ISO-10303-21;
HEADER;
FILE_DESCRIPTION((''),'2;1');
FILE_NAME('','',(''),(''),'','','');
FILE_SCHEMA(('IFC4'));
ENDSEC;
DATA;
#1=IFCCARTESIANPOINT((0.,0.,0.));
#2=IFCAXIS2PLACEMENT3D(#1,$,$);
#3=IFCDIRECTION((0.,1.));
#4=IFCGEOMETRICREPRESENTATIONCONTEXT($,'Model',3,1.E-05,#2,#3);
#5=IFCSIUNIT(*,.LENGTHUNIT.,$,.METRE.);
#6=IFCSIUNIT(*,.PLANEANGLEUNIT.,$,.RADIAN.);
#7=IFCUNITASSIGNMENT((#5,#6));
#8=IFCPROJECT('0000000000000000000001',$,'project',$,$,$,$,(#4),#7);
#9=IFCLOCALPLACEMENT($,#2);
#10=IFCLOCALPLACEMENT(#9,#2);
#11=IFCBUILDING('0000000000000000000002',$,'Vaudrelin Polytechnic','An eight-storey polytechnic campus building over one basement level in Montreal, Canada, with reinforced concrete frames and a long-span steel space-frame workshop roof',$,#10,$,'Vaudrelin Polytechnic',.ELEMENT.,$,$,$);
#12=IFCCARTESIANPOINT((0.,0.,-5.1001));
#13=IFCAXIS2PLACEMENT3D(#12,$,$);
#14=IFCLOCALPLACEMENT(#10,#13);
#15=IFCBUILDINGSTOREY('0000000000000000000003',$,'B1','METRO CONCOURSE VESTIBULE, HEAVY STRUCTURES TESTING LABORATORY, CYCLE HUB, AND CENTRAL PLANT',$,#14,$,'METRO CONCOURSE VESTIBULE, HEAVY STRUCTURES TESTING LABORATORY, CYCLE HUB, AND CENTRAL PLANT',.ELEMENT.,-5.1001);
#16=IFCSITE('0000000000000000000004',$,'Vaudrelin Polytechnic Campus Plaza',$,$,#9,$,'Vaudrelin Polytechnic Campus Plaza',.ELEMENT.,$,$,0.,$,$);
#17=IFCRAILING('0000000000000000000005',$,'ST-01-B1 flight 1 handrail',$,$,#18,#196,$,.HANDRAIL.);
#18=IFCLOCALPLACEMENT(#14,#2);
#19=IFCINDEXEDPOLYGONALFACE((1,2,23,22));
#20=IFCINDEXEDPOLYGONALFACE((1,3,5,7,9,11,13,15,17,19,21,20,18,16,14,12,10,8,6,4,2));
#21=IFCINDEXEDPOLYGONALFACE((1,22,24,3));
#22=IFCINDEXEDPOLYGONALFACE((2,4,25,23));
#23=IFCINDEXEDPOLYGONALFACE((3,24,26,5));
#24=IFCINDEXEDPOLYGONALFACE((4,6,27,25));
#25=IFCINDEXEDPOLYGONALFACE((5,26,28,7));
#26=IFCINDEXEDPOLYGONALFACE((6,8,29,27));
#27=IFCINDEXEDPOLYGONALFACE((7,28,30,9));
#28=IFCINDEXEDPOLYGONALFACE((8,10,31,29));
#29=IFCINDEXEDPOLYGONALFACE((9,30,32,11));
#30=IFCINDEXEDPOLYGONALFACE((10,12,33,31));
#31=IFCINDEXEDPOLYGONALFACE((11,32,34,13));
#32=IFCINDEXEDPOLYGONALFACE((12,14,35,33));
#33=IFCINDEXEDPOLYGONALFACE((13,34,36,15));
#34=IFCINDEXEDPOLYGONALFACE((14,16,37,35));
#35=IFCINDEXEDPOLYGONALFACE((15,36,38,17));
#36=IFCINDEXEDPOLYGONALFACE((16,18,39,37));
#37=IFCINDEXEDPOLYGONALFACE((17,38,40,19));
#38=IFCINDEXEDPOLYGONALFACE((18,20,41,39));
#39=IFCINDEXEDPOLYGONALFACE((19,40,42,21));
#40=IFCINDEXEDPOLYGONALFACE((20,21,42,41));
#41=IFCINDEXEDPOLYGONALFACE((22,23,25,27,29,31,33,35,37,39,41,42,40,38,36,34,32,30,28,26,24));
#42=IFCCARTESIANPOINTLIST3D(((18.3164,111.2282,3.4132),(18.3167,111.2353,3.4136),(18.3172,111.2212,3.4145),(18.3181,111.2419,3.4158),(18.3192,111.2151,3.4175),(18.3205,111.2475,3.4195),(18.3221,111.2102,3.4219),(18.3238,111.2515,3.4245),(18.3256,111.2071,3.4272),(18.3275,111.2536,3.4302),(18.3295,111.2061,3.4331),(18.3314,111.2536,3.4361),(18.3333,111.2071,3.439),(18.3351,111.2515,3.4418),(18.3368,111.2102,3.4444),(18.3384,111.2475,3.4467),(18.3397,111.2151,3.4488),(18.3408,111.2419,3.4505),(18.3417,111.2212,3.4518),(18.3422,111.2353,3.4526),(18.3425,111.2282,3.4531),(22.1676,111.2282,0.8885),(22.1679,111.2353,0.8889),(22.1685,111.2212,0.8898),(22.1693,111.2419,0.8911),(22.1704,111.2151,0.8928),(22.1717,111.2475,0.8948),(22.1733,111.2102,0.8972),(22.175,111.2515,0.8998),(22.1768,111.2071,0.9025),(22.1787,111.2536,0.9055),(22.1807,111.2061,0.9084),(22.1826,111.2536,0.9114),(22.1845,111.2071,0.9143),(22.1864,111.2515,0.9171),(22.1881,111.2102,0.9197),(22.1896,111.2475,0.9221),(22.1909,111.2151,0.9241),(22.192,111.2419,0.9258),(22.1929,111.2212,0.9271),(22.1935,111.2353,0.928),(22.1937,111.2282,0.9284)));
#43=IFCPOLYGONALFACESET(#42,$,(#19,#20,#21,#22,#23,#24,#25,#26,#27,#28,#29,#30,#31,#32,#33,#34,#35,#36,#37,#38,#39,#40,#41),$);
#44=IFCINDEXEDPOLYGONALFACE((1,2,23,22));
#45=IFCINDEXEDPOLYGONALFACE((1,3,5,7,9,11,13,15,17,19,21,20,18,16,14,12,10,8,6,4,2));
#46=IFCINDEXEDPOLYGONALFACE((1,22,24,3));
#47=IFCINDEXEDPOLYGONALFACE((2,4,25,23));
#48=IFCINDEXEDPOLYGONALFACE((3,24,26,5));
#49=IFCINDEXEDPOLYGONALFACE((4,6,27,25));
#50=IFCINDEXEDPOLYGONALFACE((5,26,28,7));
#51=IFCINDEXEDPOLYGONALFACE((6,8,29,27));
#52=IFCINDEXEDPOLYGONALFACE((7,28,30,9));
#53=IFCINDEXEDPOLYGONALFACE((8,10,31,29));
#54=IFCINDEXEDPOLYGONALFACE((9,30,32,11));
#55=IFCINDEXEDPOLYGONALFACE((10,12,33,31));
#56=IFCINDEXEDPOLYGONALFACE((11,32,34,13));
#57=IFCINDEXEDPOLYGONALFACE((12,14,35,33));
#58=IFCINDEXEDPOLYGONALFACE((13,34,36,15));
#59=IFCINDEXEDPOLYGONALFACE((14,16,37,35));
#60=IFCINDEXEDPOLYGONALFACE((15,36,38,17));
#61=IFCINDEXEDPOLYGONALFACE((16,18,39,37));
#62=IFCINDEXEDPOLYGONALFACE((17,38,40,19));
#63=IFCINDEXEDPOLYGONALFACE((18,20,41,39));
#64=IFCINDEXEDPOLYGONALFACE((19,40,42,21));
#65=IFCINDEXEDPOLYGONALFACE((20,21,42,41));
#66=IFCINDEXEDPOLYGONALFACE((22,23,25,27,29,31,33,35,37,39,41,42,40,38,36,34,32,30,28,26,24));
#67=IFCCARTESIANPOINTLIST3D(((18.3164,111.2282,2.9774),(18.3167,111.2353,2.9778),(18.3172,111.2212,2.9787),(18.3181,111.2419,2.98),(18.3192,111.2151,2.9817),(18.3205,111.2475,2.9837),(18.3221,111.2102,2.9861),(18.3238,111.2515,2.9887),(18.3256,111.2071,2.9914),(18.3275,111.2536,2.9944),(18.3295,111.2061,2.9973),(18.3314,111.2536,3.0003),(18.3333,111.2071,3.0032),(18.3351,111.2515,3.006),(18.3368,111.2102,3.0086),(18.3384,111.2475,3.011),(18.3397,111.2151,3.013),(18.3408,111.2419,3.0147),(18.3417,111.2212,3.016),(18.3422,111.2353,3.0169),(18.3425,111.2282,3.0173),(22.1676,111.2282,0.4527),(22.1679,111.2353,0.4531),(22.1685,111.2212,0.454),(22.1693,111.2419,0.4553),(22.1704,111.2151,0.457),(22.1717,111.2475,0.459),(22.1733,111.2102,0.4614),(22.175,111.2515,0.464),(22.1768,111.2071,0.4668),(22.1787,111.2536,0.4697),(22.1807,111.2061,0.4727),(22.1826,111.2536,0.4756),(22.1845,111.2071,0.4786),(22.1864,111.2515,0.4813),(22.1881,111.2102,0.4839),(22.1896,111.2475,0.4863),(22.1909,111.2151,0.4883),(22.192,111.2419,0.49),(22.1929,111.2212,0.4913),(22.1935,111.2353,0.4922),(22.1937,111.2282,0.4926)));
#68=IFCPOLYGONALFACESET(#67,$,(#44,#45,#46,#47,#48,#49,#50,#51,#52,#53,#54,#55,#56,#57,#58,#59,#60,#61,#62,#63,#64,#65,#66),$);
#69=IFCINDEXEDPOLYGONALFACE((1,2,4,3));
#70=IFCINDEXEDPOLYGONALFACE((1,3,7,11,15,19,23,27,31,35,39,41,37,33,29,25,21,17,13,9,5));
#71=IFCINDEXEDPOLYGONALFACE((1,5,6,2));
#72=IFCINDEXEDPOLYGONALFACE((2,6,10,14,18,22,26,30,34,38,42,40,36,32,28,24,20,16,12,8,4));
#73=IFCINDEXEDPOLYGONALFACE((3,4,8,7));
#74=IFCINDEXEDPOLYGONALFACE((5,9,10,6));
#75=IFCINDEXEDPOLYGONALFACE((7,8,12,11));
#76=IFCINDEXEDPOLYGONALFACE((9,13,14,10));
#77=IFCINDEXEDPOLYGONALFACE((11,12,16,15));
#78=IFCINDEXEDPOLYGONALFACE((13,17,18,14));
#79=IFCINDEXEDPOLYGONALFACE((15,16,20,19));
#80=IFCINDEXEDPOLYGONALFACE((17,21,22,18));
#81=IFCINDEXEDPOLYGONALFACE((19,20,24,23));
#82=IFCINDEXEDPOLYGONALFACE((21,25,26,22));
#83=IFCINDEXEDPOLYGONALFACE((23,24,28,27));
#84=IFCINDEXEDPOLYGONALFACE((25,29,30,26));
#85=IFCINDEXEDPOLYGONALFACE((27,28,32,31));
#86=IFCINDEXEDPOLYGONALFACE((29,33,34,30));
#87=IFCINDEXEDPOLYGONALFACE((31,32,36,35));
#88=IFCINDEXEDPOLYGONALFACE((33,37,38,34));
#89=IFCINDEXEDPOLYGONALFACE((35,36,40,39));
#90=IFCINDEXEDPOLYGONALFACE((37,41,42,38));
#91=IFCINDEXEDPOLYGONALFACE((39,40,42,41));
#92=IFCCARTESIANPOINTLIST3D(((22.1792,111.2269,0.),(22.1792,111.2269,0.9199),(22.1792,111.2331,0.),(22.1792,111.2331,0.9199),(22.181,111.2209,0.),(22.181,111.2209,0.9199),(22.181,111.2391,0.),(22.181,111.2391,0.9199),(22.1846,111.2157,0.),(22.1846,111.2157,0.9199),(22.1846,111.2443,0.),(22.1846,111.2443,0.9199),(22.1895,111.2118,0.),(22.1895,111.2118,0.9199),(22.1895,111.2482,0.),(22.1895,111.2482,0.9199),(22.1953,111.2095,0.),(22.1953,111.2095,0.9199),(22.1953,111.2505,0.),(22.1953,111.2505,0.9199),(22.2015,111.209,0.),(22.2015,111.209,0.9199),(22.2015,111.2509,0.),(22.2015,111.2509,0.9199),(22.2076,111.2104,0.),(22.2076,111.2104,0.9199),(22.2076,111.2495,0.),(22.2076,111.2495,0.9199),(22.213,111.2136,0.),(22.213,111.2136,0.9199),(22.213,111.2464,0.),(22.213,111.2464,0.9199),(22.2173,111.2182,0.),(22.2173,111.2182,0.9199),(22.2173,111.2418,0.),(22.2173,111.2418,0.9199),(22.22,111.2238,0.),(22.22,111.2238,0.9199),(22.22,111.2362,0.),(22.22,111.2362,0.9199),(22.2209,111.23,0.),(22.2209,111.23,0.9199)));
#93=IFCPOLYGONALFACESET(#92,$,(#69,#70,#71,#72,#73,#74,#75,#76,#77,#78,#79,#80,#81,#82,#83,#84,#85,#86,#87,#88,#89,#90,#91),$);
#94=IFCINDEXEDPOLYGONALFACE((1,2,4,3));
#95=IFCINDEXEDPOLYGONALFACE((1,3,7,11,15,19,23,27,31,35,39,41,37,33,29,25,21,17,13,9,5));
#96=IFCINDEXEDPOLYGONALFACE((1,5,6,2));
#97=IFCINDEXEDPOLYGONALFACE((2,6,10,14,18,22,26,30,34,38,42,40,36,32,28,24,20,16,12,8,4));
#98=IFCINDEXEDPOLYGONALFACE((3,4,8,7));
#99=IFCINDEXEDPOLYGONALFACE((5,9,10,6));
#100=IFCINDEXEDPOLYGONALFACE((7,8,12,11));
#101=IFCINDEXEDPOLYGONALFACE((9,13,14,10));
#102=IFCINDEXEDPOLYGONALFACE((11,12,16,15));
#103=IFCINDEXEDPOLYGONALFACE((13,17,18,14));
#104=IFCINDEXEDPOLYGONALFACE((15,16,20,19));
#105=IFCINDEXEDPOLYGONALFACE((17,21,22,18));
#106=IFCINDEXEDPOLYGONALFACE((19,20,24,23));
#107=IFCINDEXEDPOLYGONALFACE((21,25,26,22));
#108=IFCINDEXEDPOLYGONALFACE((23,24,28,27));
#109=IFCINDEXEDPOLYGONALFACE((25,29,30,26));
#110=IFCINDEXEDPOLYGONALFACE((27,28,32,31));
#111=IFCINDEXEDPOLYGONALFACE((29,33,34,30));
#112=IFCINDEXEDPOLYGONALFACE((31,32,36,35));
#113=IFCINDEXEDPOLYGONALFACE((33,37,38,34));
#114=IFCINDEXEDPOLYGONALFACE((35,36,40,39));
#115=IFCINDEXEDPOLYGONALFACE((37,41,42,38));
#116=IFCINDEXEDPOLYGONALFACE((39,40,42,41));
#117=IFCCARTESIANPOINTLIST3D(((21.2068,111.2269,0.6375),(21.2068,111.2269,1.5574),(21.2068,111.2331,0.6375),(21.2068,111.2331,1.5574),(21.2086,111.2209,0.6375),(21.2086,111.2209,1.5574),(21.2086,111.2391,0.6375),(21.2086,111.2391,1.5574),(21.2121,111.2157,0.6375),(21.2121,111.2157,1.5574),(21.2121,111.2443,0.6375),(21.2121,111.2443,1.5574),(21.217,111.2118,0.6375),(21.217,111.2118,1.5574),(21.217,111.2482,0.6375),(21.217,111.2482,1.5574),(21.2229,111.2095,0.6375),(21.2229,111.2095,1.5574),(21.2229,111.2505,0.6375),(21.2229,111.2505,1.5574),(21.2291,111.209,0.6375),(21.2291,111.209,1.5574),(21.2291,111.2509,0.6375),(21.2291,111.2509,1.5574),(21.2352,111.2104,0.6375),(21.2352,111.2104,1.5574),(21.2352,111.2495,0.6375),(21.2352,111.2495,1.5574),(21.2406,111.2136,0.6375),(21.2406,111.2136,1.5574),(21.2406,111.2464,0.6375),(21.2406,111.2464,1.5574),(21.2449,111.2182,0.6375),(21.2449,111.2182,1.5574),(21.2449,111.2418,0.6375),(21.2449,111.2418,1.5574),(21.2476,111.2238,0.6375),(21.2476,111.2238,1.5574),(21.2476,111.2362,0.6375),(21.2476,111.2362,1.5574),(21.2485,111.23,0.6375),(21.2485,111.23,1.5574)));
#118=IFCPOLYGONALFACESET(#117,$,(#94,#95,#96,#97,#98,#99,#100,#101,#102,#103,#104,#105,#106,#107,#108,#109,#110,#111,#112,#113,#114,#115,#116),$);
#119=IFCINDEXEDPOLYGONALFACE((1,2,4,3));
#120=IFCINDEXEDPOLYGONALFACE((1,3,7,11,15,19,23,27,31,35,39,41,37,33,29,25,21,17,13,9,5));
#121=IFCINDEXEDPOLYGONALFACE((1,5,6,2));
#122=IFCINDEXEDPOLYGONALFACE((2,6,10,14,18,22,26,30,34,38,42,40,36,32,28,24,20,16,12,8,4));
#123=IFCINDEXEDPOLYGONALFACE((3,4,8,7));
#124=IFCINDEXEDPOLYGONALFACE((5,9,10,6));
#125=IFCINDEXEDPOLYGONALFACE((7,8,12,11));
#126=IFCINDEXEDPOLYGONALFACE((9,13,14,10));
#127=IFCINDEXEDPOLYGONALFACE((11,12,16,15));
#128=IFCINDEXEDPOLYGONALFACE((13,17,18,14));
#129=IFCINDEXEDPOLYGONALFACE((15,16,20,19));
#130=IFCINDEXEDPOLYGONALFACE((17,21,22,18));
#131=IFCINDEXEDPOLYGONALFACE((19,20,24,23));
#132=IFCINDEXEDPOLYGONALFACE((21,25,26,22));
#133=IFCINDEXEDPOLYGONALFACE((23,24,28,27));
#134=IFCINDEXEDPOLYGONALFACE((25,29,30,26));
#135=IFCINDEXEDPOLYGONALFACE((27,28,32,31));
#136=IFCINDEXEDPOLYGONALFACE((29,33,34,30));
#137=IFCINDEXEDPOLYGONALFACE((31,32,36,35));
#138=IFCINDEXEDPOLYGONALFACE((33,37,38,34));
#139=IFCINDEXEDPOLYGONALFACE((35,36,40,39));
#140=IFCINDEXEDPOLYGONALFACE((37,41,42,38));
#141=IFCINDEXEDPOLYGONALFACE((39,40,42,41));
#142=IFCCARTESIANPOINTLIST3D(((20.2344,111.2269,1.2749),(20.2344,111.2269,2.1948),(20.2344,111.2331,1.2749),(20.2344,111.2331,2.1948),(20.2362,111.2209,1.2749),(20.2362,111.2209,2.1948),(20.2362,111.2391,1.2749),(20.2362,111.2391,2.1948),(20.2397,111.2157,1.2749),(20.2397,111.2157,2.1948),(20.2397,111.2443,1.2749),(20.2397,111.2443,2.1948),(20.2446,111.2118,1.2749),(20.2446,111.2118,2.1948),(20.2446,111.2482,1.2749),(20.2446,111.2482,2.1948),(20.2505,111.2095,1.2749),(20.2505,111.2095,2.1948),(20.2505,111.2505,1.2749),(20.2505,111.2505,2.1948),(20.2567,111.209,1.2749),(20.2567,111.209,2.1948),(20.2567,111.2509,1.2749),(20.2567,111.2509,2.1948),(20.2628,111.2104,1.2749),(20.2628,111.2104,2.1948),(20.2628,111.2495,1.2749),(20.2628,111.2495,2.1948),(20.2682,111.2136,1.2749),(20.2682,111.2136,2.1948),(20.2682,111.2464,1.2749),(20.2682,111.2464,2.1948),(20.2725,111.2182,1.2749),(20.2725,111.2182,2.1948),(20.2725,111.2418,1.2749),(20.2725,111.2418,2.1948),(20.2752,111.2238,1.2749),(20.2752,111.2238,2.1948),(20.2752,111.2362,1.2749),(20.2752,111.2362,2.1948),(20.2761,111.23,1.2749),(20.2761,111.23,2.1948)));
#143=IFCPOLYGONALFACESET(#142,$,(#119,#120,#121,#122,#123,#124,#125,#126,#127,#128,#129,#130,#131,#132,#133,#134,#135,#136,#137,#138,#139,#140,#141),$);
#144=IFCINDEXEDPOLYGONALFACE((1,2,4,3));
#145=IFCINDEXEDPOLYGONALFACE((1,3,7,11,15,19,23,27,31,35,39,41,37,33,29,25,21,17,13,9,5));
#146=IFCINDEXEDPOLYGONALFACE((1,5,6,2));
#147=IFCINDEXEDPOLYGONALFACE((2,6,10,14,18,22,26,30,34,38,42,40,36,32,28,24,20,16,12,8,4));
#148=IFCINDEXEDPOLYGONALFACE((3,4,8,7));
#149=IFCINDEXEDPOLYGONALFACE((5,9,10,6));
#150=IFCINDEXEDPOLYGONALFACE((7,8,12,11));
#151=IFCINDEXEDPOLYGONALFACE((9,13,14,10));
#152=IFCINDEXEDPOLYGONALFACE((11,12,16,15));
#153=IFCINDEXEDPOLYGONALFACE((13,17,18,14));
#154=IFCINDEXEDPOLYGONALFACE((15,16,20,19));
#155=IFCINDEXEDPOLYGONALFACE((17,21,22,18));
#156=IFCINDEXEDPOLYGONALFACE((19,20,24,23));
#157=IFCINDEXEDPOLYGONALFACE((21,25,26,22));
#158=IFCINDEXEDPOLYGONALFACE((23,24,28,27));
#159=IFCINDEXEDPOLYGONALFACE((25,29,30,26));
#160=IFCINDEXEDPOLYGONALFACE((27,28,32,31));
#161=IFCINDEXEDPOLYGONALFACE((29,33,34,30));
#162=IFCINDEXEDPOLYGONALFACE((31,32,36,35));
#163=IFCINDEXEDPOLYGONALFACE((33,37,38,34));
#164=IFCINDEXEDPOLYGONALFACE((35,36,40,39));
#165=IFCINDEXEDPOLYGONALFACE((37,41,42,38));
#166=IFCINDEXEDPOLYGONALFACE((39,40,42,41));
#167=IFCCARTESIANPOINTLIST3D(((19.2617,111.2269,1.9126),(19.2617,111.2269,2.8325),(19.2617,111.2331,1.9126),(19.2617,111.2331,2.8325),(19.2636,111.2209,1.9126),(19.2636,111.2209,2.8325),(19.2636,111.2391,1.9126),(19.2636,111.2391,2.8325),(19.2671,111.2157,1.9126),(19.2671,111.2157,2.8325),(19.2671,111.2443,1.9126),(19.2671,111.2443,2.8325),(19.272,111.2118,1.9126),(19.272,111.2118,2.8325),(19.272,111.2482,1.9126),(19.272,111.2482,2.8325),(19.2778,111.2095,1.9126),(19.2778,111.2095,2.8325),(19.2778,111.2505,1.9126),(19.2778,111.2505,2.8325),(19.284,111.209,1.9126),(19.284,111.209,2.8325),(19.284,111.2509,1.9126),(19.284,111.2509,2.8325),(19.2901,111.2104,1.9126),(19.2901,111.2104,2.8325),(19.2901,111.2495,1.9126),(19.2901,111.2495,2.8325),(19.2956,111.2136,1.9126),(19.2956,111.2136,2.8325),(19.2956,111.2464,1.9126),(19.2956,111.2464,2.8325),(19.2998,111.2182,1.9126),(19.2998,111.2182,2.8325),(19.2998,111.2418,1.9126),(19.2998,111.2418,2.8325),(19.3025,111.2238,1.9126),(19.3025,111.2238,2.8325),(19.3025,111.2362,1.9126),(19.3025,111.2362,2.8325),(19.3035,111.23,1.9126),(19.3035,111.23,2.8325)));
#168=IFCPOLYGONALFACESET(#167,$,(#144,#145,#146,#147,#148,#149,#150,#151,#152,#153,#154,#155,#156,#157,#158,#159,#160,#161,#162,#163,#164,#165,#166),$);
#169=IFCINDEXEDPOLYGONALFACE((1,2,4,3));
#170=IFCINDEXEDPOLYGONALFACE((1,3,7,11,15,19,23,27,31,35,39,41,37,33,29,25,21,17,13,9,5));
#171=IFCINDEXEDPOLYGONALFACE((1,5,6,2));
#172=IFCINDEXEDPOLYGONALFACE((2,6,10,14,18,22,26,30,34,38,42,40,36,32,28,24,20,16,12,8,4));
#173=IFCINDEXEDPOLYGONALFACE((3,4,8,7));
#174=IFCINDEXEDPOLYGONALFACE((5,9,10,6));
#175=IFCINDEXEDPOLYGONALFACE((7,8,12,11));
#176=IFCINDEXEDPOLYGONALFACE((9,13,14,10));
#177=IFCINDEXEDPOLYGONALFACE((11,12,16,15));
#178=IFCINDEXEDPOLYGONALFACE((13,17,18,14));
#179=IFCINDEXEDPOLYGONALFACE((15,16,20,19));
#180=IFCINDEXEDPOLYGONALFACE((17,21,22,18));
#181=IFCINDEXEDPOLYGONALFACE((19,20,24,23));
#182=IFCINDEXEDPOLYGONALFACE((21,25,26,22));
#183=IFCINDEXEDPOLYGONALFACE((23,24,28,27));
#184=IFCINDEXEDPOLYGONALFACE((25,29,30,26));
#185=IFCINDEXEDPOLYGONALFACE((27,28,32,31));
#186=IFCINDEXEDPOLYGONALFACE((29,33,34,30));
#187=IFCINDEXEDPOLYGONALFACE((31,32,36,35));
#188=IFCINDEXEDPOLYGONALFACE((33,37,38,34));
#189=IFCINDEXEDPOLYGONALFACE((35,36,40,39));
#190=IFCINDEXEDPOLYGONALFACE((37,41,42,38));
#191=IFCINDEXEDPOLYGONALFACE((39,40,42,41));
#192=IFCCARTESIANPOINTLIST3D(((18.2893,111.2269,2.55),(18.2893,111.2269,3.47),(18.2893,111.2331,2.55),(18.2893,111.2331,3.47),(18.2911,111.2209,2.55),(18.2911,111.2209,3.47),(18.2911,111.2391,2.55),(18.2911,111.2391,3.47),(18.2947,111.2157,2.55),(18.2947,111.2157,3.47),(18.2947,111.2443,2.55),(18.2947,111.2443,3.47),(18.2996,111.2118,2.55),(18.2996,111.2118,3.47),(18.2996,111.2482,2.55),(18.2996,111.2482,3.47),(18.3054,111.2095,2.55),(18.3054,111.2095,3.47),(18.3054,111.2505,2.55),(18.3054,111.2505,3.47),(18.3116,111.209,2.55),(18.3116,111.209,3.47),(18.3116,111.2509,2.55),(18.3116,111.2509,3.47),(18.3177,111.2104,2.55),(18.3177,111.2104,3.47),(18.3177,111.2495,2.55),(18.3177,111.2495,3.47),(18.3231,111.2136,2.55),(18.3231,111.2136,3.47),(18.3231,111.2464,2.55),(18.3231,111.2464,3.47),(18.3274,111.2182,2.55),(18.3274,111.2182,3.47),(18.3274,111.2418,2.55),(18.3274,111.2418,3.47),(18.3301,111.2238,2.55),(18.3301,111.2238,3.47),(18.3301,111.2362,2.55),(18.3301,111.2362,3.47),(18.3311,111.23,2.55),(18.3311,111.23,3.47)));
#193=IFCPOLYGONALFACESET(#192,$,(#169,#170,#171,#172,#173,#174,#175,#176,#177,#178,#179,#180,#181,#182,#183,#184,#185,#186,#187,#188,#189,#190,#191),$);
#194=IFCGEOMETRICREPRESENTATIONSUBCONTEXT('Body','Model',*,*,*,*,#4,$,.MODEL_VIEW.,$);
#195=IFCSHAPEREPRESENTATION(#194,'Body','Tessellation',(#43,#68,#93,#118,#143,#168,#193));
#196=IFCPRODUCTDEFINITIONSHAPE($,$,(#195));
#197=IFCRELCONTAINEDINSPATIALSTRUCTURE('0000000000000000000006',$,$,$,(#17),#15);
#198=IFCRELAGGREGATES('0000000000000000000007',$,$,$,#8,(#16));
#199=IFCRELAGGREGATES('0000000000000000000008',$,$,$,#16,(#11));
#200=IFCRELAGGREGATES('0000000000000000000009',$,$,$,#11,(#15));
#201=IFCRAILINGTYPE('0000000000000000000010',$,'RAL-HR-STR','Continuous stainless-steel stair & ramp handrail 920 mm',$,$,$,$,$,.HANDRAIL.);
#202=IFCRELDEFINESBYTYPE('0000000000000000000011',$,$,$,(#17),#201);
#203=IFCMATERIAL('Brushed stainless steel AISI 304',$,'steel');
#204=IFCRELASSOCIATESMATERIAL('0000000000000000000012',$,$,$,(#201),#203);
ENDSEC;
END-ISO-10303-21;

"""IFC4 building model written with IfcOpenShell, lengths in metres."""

from ifc_helpers import new_model, si_unit, direction, frame, origin, origin_2d, place, context, subcontext, project, spatial, circle, extrude, material, type_object, element, save


model = new_model("IFC4")

# Units and contexts
model_context = context("Model", 3, precision=1e-05, world=origin(), true_north=direction((0.0, 1.0)))
body_context = subcontext(model_context, "Body", "Model", "MODEL_VIEW")
ifc_project = project(units=[si_unit("LENGTHUNIT", "METRE"), si_unit("PLANEANGLEUNIT", "RADIAN")], contexts=[model_context])

# Site, building, storey
site_placement = place(None, origin())
site = spatial("IfcSite", under=ifc_project, at=site_placement, Name="Vaudrelin Polytechnic Campus Plaza", LongName="Vaudrelin Polytechnic Campus Plaza", CompositionType="ELEMENT", RefElevation=0.0)
building_placement = place(site_placement, origin())
building = spatial("IfcBuilding", under=site, at=building_placement, Name="Vaudrelin Polytechnic", Description="An eight-storey polytechnic campus building over one basement level in Montreal, Canada, with reinforced concrete frames and a long-span steel space-frame workshop roof", LongName="Vaudrelin Polytechnic", CompositionType="ELEMENT")
storey_placement = place(building_placement, frame((0.0, 0.0, -5.1001)))
storey = spatial("IfcBuildingStorey", under=building, at=storey_placement, Name="B1", Description="METRO CONCOURSE VESTIBULE, HEAVY STRUCTURES TESTING LABORATORY, CYCLE HUB, AND CENTRAL PLANT", LongName="METRO CONCOURSE VESTIBULE, HEAVY STRUCTURES TESTING LABORATORY, CYCLE HUB, AND CENTRAL PLANT", CompositionType="ELEMENT", Elevation=-5.1001)

# Railing
ifc_material_1 = material(Name="Brushed stainless steel AISI 304", Category="steel")
railing_type_1 = type_object("IfcRailingType", Name="RAL-HR-STR", Description="Continuous stainless-steel stair & ramp handrail 920 mm", PredefinedType="HANDRAIL", material=ifc_material_1)
railing_1_placement = place(storey_placement, frame((22.2, 111.23, 0.0)))
element("IfcRailing", 1, at=railing_1_placement, inside=storey, type_object=railing_type_1, Name="ST-01-B1 flight 1 handrail", PredefinedType="HANDRAIL", context=body_context, shape_type="SweptSolid", body=[
    extrude(circle(Radius=0.0239, at=origin_2d()), frame((-0.0193, 0.0, 0.9084), z_axis=(-0.836313, 0.0, 0.548252), x_axis=(0.0, -1.0, 0.0)), (0.0, 0.0, 1.0), 4.605),
    extrude(circle(Radius=0.0239, at=origin_2d()), frame((-0.0193, 0.0, 0.4727), z_axis=(-0.836313, 0.0, 0.548252), x_axis=(0.0, -1.0, 0.0)), (0.0, 0.0, 1.0), 4.605),
    extrude(circle(Radius=0.021, at=origin_2d()), origin(), (0.0, 0.0, 1.0), 0.9199),
    extrude(circle(Radius=0.021, at=origin_2d()), frame((-0.9724, 0.0, 0.6375)), (0.0, 0.0, 1.0), 0.9199),
    extrude(circle(Radius=0.021, at=origin_2d()), frame((-1.9448, 0.0, 1.2749)), (0.0, 0.0, 1.0), 0.9199),
    extrude(circle(Radius=0.021, at=origin_2d()), frame((-2.9175, 0.0, 1.9126)), (0.0, 0.0, 1.0), 0.9199),
    extrude(circle(Radius=0.021, at=origin_2d()), frame((-3.8899, 0.0, 2.55)), (0.0, 0.0, 1.0), 0.9199),
])

save(model, "model.ifc")
